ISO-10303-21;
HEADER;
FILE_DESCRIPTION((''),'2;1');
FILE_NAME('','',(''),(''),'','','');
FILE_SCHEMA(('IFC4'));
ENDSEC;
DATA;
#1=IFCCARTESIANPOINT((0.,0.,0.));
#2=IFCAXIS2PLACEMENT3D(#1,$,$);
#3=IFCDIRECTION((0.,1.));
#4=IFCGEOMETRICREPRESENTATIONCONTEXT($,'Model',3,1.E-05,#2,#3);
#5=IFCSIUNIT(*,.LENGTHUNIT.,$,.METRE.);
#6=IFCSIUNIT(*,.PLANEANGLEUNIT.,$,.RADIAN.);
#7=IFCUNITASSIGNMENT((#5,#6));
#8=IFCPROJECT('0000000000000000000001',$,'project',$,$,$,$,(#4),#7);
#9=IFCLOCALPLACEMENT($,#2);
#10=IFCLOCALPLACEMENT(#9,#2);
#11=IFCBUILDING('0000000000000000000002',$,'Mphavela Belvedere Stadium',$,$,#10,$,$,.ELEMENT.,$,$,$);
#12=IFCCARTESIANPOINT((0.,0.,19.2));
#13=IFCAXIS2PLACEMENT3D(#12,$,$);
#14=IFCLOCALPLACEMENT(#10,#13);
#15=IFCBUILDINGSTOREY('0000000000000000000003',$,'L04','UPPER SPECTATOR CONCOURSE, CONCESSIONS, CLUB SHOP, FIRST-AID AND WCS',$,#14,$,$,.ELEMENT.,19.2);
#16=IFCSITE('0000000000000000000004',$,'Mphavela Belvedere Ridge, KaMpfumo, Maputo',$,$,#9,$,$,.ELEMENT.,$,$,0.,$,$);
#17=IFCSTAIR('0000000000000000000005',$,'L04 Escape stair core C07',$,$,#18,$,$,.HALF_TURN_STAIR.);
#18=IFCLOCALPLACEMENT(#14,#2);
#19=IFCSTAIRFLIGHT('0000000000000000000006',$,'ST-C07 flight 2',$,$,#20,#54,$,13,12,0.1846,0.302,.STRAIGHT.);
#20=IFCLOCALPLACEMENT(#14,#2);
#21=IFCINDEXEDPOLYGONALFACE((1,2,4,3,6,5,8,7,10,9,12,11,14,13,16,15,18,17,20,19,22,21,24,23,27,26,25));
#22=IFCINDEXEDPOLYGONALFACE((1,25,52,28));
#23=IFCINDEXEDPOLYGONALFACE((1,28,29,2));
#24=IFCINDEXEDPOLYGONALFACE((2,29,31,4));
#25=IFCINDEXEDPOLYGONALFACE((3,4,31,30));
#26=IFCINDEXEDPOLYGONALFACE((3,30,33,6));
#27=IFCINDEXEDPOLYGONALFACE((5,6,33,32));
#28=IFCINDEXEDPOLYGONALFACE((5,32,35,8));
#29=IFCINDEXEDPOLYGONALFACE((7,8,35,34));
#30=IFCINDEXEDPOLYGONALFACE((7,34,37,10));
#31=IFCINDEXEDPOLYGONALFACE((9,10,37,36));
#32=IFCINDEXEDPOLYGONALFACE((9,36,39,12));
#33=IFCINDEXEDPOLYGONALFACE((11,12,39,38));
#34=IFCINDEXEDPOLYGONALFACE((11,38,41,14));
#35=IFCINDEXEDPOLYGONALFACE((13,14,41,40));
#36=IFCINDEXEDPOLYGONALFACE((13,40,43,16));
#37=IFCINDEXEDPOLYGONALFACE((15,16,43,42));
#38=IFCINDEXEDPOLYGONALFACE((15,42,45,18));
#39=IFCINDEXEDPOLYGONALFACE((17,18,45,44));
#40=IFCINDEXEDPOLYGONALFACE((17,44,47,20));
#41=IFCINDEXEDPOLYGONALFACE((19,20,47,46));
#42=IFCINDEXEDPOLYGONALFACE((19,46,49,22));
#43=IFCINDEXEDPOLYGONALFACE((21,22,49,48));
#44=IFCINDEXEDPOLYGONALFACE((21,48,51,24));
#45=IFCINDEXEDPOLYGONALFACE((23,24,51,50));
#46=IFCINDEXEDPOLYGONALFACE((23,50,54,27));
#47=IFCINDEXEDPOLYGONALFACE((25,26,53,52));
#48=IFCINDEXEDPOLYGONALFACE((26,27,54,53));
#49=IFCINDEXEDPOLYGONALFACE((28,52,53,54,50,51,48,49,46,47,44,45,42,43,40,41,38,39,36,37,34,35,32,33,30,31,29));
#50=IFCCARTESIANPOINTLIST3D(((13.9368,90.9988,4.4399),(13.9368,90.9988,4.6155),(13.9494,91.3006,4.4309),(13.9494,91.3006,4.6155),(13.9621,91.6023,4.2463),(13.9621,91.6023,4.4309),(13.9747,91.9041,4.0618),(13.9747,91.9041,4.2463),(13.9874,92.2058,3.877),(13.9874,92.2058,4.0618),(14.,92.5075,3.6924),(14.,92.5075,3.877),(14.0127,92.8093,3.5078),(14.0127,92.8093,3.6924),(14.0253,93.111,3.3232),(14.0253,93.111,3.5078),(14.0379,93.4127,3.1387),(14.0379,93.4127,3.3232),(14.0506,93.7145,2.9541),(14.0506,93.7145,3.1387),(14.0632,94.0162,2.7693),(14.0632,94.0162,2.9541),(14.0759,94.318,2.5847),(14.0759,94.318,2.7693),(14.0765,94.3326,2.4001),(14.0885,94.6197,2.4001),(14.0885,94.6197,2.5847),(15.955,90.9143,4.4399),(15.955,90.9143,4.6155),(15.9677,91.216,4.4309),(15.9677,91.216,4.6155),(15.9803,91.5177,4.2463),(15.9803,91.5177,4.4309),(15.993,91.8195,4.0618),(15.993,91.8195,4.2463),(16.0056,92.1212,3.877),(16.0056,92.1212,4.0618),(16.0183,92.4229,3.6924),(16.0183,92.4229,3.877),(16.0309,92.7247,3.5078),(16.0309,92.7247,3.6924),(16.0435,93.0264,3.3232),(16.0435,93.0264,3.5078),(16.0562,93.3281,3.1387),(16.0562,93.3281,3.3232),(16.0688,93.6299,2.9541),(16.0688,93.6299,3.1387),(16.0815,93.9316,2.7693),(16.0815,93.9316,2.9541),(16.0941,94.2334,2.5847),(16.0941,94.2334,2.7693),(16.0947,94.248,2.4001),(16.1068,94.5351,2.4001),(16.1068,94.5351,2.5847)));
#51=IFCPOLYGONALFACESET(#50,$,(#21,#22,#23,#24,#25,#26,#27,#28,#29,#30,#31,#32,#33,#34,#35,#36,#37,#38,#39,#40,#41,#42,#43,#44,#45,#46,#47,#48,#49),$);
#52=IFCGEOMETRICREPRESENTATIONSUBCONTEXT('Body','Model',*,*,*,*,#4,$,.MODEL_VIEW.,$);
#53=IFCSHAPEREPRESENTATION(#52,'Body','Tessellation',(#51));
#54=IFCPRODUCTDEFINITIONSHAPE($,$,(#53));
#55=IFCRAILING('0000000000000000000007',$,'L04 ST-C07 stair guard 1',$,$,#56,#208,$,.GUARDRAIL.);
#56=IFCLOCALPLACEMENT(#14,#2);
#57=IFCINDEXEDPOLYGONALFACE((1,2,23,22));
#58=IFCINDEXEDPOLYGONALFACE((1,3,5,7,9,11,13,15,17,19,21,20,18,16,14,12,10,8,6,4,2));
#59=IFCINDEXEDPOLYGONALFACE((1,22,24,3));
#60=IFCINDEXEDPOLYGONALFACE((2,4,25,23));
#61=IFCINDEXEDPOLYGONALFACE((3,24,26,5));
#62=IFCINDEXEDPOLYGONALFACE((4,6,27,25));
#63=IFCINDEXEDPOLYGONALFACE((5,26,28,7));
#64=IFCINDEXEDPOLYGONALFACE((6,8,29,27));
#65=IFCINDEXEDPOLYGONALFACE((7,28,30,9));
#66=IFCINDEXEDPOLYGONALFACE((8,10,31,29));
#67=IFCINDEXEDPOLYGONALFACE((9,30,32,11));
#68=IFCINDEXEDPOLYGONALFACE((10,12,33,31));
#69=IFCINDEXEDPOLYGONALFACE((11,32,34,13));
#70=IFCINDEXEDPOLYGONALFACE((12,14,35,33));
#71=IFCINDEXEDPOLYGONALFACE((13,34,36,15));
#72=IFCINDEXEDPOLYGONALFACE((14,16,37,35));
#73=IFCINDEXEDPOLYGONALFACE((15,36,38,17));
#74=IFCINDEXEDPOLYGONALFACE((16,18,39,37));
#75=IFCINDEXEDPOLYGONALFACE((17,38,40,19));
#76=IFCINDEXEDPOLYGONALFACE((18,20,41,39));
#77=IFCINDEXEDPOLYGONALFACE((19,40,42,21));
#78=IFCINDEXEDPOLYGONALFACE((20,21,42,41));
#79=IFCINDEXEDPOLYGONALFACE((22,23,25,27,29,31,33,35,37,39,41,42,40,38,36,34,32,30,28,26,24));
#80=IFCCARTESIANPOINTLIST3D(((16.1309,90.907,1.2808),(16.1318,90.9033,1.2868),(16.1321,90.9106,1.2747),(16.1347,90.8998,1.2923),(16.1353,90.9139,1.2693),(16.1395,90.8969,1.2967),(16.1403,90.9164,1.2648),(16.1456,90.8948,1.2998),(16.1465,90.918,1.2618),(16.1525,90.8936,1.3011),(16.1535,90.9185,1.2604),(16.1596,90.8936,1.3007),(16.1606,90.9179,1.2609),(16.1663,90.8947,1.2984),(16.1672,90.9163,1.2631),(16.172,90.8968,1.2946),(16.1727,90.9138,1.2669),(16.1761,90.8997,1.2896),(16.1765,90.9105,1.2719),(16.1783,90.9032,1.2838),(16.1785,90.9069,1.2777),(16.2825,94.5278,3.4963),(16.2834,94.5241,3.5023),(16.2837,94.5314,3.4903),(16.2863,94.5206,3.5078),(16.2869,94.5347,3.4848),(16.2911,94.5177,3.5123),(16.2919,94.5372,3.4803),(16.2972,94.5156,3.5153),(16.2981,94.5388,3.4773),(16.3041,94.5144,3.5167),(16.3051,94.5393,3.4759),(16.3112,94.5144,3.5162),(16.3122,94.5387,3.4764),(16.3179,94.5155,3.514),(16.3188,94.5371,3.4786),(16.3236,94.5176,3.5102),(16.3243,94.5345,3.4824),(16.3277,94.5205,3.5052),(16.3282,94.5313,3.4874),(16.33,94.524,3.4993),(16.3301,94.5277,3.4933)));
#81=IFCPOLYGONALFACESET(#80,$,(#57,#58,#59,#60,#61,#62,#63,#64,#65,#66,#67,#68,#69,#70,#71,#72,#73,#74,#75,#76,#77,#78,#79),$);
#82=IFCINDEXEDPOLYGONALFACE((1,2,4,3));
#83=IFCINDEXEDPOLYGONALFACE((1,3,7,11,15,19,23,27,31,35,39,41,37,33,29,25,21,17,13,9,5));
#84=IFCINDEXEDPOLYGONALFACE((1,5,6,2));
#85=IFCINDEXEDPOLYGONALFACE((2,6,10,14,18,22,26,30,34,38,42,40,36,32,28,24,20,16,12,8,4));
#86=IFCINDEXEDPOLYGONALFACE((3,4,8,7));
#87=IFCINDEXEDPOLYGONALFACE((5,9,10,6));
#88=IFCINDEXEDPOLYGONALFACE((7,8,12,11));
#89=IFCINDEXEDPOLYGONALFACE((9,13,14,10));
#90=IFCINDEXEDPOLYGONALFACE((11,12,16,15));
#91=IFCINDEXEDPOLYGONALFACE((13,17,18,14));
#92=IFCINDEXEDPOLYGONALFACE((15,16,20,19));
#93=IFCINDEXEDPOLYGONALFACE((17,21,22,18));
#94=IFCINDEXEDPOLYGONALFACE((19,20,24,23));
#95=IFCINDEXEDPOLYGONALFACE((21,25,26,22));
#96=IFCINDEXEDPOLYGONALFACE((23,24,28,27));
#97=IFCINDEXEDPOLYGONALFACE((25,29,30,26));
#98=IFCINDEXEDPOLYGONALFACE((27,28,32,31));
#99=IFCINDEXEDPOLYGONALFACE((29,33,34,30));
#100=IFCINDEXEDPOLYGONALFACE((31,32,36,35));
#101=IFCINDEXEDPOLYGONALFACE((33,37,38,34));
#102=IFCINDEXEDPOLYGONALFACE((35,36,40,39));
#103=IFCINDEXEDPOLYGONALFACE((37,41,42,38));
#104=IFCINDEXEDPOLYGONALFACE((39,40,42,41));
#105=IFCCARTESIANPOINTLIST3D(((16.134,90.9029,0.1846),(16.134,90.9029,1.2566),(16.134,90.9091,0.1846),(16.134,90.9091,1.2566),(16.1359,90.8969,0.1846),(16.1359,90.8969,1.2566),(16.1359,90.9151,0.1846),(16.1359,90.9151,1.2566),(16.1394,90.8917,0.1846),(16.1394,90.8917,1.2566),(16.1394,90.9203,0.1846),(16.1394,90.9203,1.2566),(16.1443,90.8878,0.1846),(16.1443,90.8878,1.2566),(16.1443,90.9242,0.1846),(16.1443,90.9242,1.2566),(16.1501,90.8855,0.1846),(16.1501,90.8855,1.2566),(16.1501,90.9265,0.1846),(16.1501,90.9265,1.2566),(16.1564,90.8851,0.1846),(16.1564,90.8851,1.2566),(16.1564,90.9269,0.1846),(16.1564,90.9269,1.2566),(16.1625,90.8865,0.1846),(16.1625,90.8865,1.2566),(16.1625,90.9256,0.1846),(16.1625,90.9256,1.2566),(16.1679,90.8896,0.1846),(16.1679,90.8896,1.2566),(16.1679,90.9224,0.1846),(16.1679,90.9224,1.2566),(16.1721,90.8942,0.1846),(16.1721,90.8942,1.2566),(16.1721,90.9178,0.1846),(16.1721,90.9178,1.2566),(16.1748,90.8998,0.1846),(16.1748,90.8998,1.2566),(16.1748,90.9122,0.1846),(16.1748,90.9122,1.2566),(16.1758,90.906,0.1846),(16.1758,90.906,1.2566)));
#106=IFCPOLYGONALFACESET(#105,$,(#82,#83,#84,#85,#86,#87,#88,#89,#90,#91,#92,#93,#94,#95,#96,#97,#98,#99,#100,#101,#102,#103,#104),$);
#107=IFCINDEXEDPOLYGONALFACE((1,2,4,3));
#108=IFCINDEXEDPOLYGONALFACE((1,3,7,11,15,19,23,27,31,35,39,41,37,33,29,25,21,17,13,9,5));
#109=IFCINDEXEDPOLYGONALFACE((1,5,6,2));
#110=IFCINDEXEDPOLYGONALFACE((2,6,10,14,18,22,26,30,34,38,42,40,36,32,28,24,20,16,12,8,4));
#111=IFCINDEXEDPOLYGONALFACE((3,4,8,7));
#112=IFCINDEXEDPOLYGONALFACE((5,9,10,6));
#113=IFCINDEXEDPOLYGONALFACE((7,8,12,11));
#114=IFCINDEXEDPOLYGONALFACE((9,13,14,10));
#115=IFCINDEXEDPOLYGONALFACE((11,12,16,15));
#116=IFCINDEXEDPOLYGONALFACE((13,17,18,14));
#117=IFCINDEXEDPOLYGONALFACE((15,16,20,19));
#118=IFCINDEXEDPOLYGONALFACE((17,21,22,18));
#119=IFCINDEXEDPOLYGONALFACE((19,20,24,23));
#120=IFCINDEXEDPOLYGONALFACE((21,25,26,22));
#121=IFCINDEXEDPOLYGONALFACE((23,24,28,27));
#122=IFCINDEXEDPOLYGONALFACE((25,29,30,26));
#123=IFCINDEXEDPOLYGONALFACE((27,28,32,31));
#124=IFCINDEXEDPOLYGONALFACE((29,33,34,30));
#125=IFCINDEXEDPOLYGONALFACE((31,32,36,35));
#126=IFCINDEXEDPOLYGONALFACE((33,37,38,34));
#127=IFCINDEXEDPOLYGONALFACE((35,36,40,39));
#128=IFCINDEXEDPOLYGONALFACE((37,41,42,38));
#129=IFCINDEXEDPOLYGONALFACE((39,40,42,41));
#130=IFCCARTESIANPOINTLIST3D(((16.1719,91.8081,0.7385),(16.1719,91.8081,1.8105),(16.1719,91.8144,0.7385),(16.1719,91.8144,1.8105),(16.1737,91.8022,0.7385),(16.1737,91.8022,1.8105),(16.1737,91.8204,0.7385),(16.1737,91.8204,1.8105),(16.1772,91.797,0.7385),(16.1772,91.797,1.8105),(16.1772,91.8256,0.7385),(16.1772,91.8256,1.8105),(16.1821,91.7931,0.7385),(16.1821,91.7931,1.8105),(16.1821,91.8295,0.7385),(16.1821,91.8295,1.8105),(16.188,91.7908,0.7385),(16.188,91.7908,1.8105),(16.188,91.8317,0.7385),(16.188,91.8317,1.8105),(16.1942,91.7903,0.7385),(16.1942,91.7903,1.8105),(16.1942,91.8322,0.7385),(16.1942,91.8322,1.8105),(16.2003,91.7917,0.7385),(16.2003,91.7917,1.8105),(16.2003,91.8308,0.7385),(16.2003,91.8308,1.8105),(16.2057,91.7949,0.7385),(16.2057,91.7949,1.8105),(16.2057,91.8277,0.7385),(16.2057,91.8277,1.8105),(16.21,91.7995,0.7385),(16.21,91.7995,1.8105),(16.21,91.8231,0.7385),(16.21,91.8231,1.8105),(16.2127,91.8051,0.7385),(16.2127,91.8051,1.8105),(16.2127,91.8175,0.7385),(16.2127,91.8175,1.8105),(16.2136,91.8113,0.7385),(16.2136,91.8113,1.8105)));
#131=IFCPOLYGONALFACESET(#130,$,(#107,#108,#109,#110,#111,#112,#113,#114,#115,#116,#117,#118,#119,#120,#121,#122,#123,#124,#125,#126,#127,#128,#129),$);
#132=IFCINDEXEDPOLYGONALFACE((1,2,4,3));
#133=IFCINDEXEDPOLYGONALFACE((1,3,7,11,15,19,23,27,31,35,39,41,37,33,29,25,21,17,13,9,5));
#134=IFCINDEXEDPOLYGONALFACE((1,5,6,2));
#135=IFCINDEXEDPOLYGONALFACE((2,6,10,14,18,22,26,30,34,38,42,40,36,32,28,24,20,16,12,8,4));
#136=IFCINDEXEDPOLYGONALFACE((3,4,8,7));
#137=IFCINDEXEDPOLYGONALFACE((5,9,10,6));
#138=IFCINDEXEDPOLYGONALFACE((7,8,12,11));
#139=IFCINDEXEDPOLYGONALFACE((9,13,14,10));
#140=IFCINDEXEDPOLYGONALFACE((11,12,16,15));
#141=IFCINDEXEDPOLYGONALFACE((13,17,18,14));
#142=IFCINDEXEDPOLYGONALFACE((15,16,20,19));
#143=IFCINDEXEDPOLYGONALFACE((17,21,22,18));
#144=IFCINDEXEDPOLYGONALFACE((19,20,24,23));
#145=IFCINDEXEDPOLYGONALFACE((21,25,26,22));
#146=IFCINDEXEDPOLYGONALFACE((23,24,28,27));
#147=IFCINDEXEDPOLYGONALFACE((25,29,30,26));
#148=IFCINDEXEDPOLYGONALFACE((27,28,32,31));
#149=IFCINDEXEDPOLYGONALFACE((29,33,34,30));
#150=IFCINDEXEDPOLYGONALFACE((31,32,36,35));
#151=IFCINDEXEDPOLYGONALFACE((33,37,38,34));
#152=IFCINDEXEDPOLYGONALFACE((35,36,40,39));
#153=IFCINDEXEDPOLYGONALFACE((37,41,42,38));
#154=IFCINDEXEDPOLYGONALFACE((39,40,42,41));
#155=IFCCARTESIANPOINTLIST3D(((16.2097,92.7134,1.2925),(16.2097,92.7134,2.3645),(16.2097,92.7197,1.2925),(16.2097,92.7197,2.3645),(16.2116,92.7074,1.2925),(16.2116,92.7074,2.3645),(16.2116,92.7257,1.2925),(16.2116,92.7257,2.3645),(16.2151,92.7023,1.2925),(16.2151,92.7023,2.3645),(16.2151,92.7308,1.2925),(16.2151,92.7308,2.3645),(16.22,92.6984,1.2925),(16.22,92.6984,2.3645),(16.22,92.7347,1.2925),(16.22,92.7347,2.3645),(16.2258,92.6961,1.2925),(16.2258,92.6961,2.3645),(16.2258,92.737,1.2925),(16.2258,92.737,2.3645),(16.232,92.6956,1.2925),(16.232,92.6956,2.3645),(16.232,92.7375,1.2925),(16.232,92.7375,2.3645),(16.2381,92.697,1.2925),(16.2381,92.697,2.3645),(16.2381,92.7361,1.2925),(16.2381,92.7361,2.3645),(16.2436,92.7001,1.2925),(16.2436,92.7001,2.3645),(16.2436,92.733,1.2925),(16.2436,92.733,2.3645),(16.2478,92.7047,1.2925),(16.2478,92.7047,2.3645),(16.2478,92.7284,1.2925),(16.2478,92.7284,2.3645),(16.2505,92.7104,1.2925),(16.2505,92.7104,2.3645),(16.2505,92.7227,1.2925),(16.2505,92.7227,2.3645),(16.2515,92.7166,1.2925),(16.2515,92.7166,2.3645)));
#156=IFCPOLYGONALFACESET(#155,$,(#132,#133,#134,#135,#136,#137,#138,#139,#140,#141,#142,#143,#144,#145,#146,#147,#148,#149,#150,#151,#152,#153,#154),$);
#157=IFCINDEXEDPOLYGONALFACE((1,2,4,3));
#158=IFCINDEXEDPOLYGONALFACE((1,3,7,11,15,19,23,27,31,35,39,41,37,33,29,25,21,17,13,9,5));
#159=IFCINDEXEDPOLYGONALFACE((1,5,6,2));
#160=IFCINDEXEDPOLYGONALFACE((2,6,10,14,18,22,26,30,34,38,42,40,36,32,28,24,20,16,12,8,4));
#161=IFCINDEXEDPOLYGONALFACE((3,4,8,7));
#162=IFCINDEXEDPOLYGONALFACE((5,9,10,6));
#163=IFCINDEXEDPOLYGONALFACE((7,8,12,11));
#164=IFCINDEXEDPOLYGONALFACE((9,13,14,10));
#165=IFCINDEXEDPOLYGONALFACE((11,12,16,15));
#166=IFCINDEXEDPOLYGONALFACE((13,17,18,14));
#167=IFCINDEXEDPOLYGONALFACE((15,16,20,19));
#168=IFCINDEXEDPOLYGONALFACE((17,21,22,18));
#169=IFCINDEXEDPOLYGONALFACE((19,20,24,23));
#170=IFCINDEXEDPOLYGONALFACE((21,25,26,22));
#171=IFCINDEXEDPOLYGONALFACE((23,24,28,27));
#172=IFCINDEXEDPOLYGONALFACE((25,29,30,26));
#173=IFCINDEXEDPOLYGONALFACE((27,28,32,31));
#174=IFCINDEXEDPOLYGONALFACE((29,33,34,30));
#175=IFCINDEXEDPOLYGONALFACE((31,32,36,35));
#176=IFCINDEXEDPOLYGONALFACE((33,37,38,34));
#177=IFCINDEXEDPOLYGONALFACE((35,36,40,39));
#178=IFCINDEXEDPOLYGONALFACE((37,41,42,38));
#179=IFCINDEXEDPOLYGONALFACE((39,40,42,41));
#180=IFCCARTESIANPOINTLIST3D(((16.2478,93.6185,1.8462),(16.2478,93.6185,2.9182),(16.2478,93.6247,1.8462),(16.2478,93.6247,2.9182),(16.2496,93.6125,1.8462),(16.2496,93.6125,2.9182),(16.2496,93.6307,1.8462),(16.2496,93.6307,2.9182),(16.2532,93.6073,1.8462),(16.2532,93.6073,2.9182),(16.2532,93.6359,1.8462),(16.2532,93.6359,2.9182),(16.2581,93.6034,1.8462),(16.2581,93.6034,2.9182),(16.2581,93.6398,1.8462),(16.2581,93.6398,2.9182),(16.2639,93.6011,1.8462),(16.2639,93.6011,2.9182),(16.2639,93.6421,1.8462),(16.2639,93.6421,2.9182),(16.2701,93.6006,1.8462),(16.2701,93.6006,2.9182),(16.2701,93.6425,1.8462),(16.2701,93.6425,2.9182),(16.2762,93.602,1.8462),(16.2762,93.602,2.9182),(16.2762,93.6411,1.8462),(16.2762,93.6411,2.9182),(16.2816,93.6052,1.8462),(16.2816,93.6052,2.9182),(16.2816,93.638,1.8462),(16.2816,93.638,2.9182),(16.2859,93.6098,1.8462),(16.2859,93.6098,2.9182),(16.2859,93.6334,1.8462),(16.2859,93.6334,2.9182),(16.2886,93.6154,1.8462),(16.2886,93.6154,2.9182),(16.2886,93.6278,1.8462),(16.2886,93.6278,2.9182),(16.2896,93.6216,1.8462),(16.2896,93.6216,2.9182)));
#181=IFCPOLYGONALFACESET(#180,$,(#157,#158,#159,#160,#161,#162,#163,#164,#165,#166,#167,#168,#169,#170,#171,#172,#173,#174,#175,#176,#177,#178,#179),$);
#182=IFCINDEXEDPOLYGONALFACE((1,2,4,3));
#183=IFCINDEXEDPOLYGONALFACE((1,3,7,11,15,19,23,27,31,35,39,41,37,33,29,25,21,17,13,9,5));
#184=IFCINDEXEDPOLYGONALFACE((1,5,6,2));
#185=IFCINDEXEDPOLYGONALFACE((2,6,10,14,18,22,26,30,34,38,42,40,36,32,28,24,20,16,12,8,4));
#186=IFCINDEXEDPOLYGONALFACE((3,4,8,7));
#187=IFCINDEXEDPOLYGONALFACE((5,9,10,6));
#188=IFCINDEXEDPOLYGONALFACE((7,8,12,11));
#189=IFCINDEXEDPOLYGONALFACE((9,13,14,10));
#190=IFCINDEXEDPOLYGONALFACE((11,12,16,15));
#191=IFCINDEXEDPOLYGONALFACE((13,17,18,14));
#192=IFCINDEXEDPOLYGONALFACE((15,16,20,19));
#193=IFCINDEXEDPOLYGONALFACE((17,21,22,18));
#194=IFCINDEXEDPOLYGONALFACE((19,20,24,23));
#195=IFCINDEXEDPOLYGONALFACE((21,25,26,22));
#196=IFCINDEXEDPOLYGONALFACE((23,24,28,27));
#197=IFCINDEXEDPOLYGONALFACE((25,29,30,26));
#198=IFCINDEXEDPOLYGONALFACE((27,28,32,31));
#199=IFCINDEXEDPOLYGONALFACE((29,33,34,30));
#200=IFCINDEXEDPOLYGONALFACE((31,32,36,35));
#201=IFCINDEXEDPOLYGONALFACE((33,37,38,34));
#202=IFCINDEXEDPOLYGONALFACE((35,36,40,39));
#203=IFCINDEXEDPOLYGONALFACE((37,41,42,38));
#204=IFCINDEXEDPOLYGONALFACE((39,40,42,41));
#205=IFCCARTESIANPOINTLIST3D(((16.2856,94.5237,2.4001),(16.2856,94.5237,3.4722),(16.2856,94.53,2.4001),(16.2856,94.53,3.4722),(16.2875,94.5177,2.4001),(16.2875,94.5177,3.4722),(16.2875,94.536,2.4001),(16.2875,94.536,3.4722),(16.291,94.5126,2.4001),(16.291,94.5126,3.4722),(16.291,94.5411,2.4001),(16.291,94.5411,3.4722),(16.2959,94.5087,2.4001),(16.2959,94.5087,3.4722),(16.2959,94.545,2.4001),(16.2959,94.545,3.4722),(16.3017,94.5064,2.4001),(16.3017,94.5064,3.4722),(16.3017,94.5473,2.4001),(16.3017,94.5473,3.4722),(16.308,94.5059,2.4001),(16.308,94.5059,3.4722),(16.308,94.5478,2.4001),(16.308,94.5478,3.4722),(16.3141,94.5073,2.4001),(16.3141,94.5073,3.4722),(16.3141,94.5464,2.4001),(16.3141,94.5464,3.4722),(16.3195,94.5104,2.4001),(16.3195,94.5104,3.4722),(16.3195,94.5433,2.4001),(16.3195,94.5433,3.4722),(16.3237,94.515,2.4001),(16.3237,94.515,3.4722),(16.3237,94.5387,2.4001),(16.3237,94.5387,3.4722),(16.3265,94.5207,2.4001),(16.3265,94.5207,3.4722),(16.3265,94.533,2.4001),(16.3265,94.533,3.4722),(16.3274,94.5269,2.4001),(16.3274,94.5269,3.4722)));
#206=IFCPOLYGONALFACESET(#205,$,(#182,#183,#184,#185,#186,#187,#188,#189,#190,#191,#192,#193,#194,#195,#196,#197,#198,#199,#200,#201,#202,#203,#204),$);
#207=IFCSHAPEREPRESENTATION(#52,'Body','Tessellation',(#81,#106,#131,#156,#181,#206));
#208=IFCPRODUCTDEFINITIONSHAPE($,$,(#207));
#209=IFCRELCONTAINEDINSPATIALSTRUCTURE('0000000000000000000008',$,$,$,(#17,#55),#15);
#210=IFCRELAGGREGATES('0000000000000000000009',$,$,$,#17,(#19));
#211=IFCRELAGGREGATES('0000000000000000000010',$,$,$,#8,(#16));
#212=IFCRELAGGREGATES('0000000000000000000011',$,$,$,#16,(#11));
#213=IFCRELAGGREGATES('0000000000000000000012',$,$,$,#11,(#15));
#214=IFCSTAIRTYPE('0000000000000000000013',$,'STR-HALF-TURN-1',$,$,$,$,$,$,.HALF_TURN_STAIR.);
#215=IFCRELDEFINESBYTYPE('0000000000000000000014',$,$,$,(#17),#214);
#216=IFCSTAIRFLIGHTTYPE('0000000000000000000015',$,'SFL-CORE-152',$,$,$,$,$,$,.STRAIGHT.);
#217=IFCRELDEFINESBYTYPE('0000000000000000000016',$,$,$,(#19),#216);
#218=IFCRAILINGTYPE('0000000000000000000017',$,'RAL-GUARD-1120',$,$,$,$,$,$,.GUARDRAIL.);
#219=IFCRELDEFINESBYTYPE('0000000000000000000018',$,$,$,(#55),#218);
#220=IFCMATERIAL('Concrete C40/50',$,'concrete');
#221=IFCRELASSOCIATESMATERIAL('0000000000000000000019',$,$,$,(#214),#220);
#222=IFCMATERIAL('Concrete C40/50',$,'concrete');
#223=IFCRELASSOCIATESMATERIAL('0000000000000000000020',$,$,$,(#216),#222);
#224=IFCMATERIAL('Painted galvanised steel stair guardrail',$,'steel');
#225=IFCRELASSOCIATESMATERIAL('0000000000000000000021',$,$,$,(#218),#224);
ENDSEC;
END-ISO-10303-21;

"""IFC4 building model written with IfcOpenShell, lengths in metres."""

from ifc_helpers import new_model, si_unit, direction, frame, origin, origin_2d, place, context, subcontext, project, spatial, polyline, circle, outline, extrude, material, type_object, element, aggregate, save


model = new_model("IFC4")

# Units and contexts
model_context = context("Model", 3, precision=1e-05, world=origin(), true_north=direction((0.0, 1.0)))
body_context = subcontext(model_context, "Body", "Model", "MODEL_VIEW")
ifc_project = project(units=[si_unit("LENGTHUNIT", "METRE"), si_unit("PLANEANGLEUNIT", "RADIAN")], contexts=[model_context])

# Site, building, storey
site_placement = place(None, origin())
site = spatial("IfcSite", under=ifc_project, at=site_placement, Name="Mphavela Belvedere Ridge, KaMpfumo, Maputo", CompositionType="ELEMENT", RefElevation=0.0)
building_placement = place(site_placement, origin())
building = spatial("IfcBuilding", under=site, at=building_placement, Name="Mphavela Belvedere Stadium", CompositionType="ELEMENT")
storey_placement = place(building_placement, frame((0.0, 0.0, 19.2)))
storey = spatial("IfcBuildingStorey", under=building, at=storey_placement, Name="L04", Description="UPPER SPECTATOR CONCOURSE, CONCESSIONS, CLUB SHOP, FIRST-AID AND WCS", CompositionType="ELEMENT", Elevation=19.2)

# Stair, stair flight
ifc_material_1 = material(Name="Concrete C40/50", Category="concrete")
stair_type = type_object("IfcStairType", Name="STR-HALF-TURN-1", PredefinedType="HALF_TURN_STAIR", material=ifc_material_1)
stair_placement = place(storey_placement, origin())
stair = element("IfcStair", 1, at=stair_placement, inside=storey, type_object=stair_type, Name="L04 Escape stair core C07", PredefinedType="HALF_TURN_STAIR")
ifc_material_2 = material(Name="Concrete C40/50", Category="concrete")
stair_flight_type = type_object("IfcStairFlightType", Name="SFL-CORE-152", PredefinedType="STRAIGHT", material=ifc_material_2)
stair_flight_1_placement = place(storey_placement, frame((15.0977, 94.5774, 2.4001), z_axis=(0.0, 0.0, 1.0), x_axis=(-0.041876, -0.999123, 0.0)))
stair_flight_1 = element("IfcStairFlight", 2, at=stair_flight_1_placement, type_object=stair_flight_type, Name="ST-C07 flight 2", NumberOfRisers=13, NumberOfTreads=12, PredefinedType="STRAIGHT", RiserHeight=0.1846, TreadLength=0.302, context=body_context, shape_type="SweptSolid", body=[
    extrude(outline(polyline([(0.0, 0.0), (0.0, 0.1846), (0.302, 0.1846), (0.302, 0.3691), (0.604, 0.3691), (0.604, 0.554), (0.906, 0.554), (0.906, 0.7385), (1.208, 0.7385), (1.208, 0.9231), (1.51, 0.9231), (1.51, 1.1077), (1.812, 1.1077), (1.812, 1.2922), (2.114, 1.2922), (2.114, 1.4768), (2.416, 1.4768), (2.416, 1.6616), (2.718, 1.6616), (2.718, 1.8462), (3.02, 1.8462), (3.02, 2.0308), (3.322, 2.0308), (3.322, 2.2153), (3.624, 2.2153), (3.624, 2.3999), (3.624, 2.0398), (0.2874, 0.0), (0.0, 0.0)])), frame((0.0, 1.01, 0.0), z_axis=(0.0, -1.0, 0.0), x_axis=(1.0, 0.0, 0.0)), (0.0, 0.0, 1.0), 2.02),
])
aggregate(stair, [stair_flight_1])

# Railing
ifc_material_3 = material(Name="Painted galvanised steel stair guardrail", Category="steel")
railing_type_1 = type_object("IfcRailingType", Name="RAL-GUARD-1120", PredefinedType="GUARDRAIL", material=ifc_material_3)
railing_1_placement = place(storey_placement, frame((16.1548, 90.906, 0.1846)))
element("IfcRailing", 3, at=railing_1_placement, inside=storey, type_object=railing_type_1, Name="L04 ST-C07 stair guard 1", PredefinedType="GUARDRAIL", context=body_context, shape_type="SweptSolid", body=[
    extrude(circle(Radius=0.0239, at=origin_2d()), frame((0.0, 0.0, 1.0962), z_axis=(0.035693, 0.852441, 0.521604), x_axis=(-0.999125, 0.041835, 0.0)), (0.0, 0.0, 1.0), 4.2476),
    extrude(circle(Radius=0.021, at=origin_2d()), origin(), (0.0, 0.0, 1.0), 1.072),
    extrude(circle(Radius=0.021, at=origin_2d()), frame((0.0378, 0.9053, 0.554)), (0.0, 0.0, 1.0), 1.072),
    extrude(circle(Radius=0.021, at=origin_2d()), frame((0.0757, 1.8105, 1.1079)), (0.0, 0.0, 1.0), 1.072),
    extrude(circle(Radius=0.021, at=origin_2d()), frame((0.1138, 2.7156, 1.6616)), (0.0, 0.0, 1.0), 1.072),
    extrude(circle(Radius=0.021, at=origin_2d()), frame((0.1516, 3.6208, 2.2156)), (0.0, 0.0, 1.0), 1.072),
])

save(model, "model.ifc")
